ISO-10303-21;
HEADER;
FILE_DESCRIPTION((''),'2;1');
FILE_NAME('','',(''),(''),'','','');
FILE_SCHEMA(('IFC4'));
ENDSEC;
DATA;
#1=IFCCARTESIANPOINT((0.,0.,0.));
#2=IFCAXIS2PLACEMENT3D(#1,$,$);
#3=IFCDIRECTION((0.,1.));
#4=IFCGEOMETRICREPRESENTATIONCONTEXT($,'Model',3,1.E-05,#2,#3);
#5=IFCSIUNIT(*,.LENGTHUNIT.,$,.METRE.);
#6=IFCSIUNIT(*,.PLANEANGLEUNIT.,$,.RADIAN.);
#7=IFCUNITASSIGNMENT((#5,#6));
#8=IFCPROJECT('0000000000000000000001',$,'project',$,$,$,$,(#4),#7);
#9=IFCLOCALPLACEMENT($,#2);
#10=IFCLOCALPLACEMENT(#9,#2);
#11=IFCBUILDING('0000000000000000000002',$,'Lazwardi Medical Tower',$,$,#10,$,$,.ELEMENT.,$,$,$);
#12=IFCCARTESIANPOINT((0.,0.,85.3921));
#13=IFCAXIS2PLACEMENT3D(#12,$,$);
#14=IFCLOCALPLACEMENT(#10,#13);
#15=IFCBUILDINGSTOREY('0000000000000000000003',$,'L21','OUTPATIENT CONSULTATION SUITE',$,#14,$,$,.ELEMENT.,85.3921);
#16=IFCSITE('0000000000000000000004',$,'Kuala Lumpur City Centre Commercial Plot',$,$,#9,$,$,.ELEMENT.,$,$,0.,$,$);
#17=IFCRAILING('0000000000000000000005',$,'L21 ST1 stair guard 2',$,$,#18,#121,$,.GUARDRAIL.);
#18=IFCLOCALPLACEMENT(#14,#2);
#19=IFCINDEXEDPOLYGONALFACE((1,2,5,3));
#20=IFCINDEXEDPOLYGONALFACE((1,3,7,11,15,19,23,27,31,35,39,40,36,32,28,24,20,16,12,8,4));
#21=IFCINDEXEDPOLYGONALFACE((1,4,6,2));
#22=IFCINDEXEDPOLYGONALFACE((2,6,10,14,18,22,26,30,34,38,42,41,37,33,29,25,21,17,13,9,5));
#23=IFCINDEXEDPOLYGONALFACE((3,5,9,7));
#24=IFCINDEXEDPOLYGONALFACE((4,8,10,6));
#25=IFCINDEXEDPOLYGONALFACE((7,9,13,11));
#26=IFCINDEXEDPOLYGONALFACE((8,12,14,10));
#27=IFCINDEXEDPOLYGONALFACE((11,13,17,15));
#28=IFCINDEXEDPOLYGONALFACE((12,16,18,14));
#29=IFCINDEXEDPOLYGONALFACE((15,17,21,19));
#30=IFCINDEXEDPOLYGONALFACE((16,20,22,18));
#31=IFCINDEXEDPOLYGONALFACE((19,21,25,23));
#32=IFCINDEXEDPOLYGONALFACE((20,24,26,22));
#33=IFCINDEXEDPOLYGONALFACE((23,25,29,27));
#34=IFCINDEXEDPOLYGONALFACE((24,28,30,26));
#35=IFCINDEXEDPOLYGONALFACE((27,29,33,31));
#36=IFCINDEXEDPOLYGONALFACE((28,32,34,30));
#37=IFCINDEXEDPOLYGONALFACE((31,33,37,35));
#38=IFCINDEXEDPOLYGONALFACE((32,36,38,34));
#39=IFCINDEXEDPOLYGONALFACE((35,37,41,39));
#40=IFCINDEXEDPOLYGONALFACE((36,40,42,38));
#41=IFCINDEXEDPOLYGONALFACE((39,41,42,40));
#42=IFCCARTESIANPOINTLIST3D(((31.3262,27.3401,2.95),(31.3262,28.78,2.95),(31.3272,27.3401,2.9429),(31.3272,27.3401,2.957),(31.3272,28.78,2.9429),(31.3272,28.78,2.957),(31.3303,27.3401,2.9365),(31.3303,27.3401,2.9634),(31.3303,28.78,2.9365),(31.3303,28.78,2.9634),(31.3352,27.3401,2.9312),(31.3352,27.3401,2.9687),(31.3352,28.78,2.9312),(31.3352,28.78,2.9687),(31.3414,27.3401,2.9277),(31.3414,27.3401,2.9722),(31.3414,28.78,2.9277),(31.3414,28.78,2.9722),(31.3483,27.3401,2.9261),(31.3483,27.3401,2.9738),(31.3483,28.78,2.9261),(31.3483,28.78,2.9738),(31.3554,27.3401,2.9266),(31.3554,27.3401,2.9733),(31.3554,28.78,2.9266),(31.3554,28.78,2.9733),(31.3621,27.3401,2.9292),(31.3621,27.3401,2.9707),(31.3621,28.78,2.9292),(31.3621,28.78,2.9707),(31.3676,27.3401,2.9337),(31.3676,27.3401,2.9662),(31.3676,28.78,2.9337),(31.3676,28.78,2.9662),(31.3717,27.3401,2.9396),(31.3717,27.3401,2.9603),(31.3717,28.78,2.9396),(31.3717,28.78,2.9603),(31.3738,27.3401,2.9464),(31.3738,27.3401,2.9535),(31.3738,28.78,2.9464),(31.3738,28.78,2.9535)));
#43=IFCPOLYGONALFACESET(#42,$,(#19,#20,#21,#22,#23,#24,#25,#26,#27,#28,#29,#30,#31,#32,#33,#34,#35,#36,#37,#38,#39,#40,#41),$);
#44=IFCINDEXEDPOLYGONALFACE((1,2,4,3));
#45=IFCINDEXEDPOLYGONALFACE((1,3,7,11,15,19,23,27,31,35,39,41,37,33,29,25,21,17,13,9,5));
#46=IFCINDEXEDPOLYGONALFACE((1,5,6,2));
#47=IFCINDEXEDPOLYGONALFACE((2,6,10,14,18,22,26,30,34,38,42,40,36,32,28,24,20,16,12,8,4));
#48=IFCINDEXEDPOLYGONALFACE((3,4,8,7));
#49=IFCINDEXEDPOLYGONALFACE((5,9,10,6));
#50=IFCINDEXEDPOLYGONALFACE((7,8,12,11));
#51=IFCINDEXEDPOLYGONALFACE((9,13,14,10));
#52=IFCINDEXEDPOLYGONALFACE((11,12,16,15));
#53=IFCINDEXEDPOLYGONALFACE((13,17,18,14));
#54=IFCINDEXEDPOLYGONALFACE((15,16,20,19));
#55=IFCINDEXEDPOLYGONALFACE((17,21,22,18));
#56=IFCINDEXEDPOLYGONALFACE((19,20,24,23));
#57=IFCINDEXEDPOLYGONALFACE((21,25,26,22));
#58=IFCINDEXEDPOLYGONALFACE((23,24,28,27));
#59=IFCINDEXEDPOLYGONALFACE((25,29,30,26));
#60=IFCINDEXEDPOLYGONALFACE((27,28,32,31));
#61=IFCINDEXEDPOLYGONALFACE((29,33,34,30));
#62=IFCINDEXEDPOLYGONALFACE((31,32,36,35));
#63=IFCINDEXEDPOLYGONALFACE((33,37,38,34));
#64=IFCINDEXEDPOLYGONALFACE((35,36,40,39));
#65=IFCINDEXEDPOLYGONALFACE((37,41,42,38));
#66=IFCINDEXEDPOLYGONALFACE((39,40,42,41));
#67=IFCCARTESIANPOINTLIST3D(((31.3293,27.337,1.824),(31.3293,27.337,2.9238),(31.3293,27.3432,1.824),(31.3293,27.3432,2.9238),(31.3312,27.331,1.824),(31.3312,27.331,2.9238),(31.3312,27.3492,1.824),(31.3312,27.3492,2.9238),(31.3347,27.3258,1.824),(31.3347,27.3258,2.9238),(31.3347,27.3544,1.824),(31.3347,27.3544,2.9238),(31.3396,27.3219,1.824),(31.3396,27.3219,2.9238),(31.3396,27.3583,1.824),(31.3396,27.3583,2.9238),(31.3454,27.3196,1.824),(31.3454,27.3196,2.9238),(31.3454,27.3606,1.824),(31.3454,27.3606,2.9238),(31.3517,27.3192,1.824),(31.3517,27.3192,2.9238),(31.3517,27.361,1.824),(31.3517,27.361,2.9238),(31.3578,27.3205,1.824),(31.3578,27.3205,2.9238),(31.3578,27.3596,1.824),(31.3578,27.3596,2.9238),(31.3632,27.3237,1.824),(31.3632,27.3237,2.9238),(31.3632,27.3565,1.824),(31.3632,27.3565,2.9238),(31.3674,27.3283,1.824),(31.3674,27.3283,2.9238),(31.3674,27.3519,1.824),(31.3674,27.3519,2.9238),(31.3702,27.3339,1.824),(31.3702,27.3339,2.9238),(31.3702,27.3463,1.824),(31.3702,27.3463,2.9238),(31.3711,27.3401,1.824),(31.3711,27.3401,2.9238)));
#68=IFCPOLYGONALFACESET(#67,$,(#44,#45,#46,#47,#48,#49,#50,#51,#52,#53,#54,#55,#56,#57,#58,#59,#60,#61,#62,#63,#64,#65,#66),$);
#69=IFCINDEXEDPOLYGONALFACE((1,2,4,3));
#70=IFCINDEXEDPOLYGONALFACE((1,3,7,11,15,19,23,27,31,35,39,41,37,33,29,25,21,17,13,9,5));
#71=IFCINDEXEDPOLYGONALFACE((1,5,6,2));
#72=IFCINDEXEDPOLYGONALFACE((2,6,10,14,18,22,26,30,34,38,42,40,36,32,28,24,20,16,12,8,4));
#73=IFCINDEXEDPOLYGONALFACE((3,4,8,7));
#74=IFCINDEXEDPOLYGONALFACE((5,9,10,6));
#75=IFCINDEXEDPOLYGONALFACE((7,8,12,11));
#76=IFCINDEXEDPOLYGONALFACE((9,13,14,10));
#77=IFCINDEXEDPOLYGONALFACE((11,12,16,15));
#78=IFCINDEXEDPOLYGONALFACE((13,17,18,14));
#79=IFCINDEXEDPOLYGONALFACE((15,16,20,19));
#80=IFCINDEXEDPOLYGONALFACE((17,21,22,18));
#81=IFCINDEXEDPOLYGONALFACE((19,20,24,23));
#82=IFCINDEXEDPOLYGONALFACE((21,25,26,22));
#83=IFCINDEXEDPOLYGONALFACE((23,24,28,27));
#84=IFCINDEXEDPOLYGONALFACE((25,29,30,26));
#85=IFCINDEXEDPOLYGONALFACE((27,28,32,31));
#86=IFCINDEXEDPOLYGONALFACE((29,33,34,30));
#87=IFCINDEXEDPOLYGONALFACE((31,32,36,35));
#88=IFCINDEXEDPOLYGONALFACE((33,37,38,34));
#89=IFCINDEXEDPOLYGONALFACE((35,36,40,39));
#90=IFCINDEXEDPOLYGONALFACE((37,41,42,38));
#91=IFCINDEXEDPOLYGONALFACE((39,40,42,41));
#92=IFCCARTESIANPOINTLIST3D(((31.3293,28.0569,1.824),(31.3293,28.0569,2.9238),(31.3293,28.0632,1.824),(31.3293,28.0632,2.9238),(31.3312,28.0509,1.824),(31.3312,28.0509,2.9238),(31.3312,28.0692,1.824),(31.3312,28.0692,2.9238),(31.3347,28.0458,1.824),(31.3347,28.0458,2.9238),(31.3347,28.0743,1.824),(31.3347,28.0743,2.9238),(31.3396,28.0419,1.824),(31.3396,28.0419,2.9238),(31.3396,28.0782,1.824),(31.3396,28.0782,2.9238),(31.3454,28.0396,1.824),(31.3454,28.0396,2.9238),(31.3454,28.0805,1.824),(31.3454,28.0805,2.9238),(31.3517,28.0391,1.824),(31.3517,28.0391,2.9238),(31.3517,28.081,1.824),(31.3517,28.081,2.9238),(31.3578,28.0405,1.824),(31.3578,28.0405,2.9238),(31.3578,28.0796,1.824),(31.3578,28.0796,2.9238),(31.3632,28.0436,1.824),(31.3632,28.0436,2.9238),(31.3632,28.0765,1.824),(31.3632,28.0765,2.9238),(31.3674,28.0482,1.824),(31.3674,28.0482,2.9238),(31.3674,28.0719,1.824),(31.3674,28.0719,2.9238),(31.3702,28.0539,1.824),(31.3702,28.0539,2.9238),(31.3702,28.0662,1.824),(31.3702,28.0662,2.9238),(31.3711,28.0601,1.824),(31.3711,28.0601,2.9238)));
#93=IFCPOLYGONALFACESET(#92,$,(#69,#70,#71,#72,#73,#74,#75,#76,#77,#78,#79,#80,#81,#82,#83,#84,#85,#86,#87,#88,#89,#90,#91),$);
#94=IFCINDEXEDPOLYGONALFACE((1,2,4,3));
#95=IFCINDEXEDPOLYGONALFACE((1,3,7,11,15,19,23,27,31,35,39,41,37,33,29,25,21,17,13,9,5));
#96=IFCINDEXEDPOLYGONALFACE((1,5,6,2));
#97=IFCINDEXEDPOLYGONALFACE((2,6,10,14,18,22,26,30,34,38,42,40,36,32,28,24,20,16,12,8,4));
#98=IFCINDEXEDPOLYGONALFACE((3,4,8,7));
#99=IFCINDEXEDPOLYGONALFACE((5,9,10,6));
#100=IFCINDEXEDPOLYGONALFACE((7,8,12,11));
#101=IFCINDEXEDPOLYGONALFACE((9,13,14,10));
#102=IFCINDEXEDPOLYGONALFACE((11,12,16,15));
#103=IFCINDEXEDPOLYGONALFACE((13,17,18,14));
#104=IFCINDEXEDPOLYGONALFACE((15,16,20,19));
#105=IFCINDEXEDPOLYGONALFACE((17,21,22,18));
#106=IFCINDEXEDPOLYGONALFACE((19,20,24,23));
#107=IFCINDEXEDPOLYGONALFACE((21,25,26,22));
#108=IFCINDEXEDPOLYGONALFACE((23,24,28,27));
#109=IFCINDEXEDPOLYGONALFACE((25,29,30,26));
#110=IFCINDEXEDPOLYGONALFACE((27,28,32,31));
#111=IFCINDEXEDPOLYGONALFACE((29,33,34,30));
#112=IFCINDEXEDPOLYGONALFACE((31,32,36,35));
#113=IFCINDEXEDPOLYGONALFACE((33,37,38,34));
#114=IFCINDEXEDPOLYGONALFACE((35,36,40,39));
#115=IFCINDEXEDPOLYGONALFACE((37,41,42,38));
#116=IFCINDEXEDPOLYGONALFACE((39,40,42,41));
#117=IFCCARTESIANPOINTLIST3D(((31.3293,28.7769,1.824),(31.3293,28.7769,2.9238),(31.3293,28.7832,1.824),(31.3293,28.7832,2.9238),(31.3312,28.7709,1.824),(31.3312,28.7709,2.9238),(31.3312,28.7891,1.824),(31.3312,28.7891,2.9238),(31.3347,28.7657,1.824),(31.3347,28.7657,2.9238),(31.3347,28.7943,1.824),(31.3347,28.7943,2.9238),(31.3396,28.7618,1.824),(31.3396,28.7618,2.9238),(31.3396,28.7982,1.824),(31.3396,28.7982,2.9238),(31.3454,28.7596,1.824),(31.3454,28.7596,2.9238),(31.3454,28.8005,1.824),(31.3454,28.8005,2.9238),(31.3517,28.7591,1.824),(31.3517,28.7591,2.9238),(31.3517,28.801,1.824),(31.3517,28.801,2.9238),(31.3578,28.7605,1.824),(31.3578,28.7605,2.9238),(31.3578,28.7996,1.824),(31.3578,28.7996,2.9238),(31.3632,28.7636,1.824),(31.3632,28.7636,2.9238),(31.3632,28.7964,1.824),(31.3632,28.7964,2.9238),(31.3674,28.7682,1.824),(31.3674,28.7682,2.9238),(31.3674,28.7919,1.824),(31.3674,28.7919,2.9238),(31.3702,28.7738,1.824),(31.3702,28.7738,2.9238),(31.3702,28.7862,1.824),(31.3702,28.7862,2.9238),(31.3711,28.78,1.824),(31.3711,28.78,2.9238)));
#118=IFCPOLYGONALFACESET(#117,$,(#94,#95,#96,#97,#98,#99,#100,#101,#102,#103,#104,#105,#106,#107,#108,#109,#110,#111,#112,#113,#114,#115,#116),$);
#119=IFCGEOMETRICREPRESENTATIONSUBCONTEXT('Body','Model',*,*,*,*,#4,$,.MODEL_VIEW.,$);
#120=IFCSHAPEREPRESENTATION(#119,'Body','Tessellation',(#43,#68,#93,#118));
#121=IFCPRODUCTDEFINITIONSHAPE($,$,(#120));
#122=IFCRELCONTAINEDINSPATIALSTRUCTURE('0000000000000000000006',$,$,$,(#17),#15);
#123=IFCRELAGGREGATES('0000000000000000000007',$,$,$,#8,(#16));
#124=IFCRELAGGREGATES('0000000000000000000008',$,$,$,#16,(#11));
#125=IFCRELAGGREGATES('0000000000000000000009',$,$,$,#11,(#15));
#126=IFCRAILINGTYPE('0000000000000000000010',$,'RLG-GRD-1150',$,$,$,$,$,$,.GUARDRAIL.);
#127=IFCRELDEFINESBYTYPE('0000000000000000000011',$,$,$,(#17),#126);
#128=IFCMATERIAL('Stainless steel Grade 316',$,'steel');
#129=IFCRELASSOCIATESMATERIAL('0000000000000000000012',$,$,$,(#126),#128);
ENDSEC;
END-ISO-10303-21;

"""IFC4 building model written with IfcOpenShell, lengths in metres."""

from ifc_helpers import new_model, si_unit, direction, frame, origin, origin_2d, place, context, subcontext, project, spatial, circle, extrude, material, type_object, element, save


model = new_model("IFC4")

# Units and contexts
model_context = context("Model", 3, precision=1e-05, world=origin(), true_north=direction((0.0, 1.0)))
body_context = subcontext(model_context, "Body", "Model", "MODEL_VIEW")
ifc_project = project(units=[si_unit("LENGTHUNIT", "METRE"), si_unit("PLANEANGLEUNIT", "RADIAN")], contexts=[model_context])

# Site, building, storey
site_placement = place(None, origin())
site = spatial("IfcSite", under=ifc_project, at=site_placement, Name="Kuala Lumpur City Centre Commercial Plot", CompositionType="ELEMENT", RefElevation=0.0)
building_placement = place(site_placement, origin())
building = spatial("IfcBuilding", under=site, at=building_placement, Name="Lazwardi Medical Tower", CompositionType="ELEMENT")
storey_placement = place(building_placement, frame((0.0, 0.0, 85.3921)))
storey = spatial("IfcBuildingStorey", under=building, at=storey_placement, Name="L21", Description="OUTPATIENT CONSULTATION SUITE", CompositionType="ELEMENT", Elevation=85.3921)

# Railing
ifc_material_1 = material(Name="Stainless steel Grade 316", Category="steel")
railing_type_1 = type_object("IfcRailingType", Name="RLG-GRD-1150", PredefinedType="GUARDRAIL", material=ifc_material_1)
railing_1_placement = place(storey_placement, frame((31.3501, 27.3401, 1.824)))
element("IfcRailing", 1, at=railing_1_placement, inside=storey, type_object=railing_type_1, Name="L21 ST1 stair guard 2", PredefinedType="GUARDRAIL", context=body_context, shape_type="SweptSolid", body=[
    extrude(circle(Radius=0.0239, at=origin_2d()), frame((0.0, 0.0, 1.126), z_axis=(0.0, 1.0, 0.0), x_axis=(-1.0, 0.0, 0.0)), (0.0, 0.0, 1.0), 1.4399),
    extrude(circle(Radius=0.021, at=origin_2d()), origin(), (0.0, 0.0, 1.0), 1.0999),
    extrude(circle(Radius=0.021, at=origin_2d()), frame((0.0, 0.72, 0.0)), (0.0, 0.0, 1.0), 1.0999),
    extrude(circle(Radius=0.021, at=origin_2d()), frame((0.0, 1.4399, 0.0)), (0.0, 0.0, 1.0), 1.0999),
])

save(model, "model.ifc")
